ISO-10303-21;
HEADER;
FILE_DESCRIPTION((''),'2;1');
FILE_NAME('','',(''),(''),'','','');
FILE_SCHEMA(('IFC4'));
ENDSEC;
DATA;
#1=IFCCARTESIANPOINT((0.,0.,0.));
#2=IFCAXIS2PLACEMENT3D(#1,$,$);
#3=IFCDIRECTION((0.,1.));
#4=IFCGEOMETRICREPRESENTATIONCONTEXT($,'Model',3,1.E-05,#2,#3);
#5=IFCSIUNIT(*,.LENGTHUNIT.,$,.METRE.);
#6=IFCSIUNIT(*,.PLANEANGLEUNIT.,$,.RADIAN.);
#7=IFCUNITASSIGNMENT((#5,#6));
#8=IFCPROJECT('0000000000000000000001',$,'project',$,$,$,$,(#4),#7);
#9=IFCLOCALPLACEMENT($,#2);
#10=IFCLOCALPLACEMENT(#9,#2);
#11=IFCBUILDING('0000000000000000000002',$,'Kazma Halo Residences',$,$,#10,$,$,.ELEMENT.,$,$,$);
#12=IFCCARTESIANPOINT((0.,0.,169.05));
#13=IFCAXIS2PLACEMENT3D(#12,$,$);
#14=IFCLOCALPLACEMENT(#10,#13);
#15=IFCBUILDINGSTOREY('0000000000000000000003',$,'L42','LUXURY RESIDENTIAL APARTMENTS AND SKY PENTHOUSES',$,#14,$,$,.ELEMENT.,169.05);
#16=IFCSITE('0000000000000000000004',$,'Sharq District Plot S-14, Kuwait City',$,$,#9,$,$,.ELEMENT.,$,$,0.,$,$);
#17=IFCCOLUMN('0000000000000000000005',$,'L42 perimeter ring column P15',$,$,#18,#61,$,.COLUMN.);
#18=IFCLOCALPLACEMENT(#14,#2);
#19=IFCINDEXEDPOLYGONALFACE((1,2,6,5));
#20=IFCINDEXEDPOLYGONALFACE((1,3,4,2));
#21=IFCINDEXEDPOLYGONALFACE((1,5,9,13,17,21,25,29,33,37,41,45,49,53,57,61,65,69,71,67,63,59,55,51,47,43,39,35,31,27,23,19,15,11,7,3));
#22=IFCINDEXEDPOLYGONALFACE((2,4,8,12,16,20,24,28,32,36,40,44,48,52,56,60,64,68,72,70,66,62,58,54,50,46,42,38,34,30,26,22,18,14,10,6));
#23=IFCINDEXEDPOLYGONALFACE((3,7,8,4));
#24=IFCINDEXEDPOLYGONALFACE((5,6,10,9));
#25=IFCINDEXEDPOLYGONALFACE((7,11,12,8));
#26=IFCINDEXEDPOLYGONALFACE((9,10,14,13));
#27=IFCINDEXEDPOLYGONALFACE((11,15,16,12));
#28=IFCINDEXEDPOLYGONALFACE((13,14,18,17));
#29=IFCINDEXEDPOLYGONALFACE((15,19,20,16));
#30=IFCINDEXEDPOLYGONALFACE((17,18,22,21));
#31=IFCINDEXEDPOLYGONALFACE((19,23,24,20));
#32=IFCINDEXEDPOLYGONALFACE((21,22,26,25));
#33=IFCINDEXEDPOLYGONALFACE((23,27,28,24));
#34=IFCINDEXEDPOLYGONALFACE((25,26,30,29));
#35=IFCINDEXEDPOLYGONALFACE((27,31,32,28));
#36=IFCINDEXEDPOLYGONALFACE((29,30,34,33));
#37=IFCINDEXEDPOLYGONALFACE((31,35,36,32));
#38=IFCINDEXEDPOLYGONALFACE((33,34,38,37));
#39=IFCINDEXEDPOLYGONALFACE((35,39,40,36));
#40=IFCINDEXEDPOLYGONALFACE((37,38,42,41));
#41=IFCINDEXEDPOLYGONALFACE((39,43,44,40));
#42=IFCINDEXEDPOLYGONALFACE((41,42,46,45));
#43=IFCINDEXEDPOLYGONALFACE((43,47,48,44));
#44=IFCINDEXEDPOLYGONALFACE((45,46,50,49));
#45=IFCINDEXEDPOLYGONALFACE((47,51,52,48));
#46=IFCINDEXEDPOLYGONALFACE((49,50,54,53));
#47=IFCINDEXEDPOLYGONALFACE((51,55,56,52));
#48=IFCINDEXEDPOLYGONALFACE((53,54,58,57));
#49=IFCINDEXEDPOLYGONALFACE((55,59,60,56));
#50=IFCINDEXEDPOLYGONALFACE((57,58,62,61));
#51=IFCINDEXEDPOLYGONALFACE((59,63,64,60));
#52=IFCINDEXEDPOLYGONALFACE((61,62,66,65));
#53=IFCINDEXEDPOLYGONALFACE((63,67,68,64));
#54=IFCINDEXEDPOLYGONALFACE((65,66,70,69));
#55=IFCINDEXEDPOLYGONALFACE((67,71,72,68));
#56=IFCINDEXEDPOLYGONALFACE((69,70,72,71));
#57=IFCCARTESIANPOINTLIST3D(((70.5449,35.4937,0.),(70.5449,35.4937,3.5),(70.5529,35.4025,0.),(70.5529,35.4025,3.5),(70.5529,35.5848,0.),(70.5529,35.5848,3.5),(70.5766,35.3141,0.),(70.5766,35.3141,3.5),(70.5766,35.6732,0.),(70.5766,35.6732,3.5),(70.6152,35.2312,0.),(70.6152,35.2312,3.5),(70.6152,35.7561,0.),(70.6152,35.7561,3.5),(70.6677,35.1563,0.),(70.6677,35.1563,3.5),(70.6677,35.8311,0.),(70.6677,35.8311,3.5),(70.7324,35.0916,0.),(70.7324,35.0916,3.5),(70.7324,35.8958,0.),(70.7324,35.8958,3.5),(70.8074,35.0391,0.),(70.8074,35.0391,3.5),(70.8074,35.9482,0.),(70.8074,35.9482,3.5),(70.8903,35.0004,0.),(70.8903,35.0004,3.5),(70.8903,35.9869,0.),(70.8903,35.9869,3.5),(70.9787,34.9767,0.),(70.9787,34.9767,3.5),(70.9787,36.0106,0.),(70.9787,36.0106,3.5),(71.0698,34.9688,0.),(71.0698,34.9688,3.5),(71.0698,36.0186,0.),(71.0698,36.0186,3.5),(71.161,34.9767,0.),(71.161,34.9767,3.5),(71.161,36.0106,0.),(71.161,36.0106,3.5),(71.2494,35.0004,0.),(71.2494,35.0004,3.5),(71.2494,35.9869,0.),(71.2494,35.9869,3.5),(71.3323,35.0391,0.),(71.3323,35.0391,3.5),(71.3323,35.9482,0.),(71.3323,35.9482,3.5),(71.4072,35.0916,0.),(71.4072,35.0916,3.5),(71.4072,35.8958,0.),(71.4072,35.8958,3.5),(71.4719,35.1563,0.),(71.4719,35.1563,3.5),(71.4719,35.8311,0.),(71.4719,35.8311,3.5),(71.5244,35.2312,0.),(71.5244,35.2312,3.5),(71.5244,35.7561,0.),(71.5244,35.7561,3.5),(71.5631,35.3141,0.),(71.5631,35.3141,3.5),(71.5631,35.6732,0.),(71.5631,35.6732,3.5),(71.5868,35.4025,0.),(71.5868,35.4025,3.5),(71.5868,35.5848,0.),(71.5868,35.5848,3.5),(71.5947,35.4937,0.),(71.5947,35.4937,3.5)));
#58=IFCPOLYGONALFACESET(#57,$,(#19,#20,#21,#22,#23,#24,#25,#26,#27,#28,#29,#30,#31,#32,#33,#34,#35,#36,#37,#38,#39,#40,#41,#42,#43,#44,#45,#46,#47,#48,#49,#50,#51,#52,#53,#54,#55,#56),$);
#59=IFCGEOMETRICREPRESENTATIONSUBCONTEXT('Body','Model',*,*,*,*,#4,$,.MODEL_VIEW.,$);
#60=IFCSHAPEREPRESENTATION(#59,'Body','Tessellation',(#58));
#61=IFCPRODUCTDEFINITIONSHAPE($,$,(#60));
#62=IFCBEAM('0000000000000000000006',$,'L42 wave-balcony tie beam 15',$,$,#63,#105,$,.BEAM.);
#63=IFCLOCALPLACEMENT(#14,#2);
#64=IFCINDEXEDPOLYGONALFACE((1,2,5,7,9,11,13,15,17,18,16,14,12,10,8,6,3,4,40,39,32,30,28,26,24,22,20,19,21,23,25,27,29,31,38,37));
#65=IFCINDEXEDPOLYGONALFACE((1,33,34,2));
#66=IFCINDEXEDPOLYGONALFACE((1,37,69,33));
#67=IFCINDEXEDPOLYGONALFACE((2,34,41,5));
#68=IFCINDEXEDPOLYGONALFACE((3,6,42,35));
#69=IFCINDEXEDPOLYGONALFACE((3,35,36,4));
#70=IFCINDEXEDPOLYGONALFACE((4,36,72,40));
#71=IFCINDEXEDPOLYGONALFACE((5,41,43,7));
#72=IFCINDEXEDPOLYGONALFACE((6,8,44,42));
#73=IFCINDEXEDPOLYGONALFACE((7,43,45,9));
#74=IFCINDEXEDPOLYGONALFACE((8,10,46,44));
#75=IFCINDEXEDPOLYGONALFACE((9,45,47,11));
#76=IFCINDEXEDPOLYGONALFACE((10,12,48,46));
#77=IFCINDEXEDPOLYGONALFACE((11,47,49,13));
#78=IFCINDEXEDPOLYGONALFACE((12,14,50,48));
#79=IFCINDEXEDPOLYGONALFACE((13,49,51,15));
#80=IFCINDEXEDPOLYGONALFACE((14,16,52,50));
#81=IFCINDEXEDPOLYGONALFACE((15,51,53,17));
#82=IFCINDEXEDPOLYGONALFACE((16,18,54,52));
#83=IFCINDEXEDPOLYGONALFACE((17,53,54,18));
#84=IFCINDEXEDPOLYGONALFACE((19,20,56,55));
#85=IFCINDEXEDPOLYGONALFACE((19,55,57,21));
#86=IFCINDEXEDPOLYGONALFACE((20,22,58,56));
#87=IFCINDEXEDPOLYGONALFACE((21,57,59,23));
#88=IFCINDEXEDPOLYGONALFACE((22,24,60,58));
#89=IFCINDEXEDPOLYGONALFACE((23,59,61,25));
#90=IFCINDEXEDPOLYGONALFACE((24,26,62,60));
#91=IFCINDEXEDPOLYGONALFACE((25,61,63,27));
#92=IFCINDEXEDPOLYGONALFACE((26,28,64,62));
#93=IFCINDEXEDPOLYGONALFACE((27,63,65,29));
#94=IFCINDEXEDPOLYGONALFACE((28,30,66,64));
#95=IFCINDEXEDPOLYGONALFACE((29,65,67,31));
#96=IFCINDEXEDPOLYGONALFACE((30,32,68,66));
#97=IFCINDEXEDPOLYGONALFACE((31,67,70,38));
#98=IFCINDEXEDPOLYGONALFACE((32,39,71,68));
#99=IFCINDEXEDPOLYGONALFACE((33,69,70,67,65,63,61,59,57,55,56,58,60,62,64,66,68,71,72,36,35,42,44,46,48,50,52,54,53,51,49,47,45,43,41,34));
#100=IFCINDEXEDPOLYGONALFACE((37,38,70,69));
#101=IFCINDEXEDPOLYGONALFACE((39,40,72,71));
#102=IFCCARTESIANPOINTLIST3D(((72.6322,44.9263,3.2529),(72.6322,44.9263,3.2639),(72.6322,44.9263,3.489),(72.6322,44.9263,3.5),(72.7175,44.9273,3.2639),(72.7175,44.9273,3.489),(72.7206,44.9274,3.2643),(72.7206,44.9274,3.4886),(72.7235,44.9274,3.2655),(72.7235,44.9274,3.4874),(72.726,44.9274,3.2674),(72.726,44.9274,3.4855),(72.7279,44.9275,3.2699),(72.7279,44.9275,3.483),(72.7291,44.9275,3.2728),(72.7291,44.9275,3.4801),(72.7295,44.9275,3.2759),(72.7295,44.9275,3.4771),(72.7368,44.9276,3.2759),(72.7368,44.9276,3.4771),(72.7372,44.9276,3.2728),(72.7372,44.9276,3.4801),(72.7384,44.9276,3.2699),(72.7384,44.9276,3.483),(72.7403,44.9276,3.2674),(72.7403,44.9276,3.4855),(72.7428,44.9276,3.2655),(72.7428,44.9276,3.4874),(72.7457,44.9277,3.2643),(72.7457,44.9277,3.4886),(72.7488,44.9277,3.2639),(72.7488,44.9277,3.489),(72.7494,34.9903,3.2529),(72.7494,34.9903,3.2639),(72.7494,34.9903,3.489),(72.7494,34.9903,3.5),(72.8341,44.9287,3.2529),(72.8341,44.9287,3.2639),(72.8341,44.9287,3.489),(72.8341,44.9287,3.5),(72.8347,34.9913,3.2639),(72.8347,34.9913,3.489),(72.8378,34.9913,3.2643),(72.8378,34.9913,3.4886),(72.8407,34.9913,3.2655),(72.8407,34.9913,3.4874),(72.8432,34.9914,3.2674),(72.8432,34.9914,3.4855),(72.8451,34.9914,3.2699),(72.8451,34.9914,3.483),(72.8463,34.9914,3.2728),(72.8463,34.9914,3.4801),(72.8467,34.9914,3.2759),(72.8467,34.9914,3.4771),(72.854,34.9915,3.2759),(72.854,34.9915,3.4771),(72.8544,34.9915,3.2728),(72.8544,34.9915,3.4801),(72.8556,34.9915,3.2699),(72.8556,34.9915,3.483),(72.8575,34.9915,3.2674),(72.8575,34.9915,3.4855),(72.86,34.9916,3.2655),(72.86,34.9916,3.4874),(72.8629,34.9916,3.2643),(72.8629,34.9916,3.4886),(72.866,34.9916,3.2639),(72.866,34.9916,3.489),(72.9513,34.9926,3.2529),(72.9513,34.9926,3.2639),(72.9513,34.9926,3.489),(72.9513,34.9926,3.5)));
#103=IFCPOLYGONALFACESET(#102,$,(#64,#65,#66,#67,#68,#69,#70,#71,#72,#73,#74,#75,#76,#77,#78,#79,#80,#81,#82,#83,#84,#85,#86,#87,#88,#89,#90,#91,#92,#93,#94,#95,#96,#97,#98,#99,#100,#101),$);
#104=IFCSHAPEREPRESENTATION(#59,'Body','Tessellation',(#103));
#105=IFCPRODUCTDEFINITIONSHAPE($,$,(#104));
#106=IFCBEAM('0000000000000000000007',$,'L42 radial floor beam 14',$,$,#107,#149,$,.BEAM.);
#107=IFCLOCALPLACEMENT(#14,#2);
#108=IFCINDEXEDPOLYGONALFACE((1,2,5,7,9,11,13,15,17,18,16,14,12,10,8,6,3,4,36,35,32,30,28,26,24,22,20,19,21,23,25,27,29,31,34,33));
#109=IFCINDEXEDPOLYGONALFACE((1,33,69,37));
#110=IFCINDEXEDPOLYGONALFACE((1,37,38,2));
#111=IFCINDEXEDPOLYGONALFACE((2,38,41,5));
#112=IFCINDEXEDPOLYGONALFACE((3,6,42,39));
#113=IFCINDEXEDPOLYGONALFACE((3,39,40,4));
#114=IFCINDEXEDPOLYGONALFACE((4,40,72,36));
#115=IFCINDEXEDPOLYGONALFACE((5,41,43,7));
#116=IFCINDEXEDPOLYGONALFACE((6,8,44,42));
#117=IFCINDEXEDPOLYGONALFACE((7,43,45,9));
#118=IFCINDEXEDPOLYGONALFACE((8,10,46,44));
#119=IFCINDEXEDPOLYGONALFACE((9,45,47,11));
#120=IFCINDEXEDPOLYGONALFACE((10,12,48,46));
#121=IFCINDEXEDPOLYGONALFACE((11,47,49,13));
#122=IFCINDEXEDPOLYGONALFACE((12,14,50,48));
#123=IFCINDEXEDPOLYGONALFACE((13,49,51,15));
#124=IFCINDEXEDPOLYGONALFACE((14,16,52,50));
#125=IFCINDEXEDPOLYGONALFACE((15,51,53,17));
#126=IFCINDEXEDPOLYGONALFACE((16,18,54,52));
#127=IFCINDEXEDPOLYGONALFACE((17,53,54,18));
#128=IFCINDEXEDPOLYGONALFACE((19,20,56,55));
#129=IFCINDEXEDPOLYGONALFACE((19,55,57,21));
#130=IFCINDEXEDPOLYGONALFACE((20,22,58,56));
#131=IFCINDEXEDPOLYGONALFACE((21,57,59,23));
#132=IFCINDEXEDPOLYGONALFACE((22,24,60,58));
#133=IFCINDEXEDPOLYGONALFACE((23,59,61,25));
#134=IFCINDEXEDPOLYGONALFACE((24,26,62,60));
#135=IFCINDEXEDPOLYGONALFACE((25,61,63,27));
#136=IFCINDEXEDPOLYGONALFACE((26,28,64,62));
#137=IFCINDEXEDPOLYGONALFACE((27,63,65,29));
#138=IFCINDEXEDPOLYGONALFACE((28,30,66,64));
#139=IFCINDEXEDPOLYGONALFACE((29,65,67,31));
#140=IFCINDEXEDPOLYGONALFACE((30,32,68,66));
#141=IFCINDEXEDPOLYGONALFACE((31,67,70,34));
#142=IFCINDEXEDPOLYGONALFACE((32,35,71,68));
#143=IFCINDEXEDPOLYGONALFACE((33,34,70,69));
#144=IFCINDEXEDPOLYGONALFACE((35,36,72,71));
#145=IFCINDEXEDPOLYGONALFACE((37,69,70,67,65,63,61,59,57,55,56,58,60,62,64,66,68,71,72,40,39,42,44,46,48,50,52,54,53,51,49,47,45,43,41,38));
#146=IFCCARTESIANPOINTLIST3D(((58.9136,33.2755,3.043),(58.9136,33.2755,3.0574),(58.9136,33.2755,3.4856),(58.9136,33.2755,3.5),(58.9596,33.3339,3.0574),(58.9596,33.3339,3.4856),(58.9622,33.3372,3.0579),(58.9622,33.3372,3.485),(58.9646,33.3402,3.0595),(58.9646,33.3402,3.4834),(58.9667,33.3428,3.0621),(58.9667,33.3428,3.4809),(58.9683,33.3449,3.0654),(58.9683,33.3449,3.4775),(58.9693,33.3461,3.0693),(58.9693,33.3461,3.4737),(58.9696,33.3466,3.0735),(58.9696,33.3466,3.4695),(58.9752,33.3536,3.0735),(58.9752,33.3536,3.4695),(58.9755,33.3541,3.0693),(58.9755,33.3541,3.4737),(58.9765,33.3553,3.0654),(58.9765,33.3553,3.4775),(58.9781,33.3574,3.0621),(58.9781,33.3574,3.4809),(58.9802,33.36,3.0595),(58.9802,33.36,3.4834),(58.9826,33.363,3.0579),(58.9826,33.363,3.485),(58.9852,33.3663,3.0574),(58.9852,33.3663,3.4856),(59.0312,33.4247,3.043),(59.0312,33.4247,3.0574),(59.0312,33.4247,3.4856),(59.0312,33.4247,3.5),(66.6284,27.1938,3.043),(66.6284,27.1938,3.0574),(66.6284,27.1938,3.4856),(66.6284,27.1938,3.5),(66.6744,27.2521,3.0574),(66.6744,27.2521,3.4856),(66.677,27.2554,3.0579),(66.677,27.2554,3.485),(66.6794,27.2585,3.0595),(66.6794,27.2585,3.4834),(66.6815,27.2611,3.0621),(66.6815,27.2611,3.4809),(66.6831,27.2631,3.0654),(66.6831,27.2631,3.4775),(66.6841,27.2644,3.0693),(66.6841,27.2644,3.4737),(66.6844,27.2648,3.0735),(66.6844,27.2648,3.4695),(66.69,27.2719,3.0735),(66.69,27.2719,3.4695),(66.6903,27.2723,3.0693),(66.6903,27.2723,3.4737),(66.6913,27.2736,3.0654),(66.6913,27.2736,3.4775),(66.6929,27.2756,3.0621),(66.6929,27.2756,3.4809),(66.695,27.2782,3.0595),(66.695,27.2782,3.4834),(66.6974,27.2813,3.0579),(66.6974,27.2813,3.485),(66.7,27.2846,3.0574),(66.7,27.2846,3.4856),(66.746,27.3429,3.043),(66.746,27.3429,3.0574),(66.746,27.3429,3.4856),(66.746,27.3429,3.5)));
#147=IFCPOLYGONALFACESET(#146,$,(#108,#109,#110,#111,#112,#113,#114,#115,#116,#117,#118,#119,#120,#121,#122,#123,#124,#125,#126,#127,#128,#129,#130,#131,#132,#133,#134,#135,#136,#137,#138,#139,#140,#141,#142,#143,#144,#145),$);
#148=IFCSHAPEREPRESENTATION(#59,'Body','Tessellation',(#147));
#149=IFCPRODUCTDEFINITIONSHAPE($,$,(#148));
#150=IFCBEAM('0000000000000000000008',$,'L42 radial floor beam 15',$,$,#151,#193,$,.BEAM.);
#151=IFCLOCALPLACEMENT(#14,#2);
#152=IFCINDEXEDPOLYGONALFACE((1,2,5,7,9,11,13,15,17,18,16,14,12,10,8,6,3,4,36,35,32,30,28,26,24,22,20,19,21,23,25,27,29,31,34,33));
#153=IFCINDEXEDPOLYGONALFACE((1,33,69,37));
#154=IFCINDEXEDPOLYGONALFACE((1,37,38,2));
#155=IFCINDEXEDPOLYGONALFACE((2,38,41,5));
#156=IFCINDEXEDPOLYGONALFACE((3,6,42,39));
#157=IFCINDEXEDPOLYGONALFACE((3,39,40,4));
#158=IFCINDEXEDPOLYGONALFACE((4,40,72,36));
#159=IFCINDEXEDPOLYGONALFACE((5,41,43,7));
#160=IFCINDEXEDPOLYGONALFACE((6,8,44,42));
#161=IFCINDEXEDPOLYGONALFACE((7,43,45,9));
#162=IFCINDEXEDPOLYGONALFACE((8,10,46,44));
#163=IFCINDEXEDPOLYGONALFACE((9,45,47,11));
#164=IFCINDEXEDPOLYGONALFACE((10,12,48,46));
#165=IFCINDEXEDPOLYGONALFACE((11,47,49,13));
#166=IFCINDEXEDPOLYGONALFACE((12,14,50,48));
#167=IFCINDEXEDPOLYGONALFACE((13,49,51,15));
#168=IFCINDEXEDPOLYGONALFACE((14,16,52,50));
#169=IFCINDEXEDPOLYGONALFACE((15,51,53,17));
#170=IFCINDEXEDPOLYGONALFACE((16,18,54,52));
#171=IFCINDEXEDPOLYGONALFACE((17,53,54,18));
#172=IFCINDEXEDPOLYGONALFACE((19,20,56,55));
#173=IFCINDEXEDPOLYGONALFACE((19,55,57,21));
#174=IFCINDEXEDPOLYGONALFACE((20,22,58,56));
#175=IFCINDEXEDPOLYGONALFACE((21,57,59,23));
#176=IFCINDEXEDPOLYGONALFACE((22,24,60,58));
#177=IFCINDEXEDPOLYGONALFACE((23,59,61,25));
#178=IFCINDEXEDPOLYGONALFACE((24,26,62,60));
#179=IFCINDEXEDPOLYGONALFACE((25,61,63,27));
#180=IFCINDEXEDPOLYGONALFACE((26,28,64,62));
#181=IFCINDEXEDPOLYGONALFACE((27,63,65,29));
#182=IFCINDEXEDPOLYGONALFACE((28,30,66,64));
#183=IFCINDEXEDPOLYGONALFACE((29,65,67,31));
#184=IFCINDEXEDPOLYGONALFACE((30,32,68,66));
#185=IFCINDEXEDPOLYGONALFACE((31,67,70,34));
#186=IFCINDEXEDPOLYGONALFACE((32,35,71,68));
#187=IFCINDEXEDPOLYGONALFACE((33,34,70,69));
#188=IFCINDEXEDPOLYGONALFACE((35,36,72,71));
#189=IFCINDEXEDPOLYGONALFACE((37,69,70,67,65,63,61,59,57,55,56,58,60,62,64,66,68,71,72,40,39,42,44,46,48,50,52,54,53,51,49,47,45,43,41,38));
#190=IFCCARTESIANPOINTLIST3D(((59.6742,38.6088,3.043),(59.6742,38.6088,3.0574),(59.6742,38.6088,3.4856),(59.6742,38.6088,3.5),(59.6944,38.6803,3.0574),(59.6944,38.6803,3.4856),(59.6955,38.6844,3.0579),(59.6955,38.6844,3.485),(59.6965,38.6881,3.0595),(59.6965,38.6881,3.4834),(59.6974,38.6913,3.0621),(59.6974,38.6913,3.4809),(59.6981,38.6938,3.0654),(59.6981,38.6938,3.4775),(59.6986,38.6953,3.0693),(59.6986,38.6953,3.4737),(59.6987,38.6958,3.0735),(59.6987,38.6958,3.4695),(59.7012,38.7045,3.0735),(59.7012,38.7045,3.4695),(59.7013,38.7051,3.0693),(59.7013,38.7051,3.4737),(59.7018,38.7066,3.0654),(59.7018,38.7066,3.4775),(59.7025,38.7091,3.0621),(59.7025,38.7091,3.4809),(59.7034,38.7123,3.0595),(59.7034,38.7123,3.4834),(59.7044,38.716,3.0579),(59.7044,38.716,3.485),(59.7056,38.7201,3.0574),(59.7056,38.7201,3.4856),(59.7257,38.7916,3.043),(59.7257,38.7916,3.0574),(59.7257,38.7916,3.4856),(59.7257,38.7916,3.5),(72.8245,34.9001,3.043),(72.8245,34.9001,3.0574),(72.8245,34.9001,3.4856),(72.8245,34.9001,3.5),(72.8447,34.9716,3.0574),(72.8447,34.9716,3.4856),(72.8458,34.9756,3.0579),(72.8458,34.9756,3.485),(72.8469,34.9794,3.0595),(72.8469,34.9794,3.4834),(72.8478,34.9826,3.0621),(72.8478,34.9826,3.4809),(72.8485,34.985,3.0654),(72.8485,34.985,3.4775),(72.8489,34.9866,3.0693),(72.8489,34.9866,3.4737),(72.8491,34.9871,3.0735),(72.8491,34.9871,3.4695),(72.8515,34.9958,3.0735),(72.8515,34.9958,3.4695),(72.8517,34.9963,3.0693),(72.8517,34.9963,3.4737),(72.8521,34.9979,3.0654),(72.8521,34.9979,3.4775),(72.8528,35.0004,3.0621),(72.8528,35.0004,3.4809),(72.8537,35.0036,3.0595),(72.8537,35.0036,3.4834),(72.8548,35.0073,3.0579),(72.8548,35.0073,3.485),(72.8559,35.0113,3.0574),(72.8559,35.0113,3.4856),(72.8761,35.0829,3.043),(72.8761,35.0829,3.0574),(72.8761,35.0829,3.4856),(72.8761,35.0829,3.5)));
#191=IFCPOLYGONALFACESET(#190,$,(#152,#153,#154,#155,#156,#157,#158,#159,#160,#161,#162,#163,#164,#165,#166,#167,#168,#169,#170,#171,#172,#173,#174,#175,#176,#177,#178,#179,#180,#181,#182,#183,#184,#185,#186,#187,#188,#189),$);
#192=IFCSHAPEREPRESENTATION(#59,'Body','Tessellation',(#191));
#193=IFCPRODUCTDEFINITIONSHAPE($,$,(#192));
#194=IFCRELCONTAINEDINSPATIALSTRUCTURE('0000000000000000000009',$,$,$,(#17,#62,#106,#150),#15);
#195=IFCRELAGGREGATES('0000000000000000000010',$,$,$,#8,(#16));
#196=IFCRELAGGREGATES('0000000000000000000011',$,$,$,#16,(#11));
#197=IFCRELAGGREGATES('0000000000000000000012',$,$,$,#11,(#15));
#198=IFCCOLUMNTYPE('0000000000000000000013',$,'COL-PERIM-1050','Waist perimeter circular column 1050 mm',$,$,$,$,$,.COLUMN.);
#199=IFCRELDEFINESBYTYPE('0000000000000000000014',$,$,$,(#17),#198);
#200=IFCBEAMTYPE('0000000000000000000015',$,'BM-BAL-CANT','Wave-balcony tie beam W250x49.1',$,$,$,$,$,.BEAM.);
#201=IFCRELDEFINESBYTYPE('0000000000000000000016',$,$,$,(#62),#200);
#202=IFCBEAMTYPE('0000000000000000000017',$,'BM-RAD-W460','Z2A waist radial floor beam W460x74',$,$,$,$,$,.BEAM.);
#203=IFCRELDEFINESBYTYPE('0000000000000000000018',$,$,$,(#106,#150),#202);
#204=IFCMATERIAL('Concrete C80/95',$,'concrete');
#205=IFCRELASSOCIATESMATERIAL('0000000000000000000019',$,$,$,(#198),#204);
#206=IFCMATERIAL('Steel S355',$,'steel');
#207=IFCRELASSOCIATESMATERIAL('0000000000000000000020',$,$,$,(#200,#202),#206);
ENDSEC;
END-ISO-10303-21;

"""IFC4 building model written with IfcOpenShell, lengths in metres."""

from ifc_helpers import new_model, si_unit, direction, frame, origin, origin_2d, place, context, subcontext, project, spatial, circle, i_section, extrude, material, material_profile, profile_set, type_object, element, save


model = new_model("IFC4")

# Units and contexts
model_context = context("Model", 3, precision=1e-05, world=origin(), true_north=direction((0.0, 1.0)))
body_context = subcontext(model_context, "Body", "Model", "MODEL_VIEW")
ifc_project = project(units=[si_unit("LENGTHUNIT", "METRE"), si_unit("PLANEANGLEUNIT", "RADIAN")], contexts=[model_context])

# Site, building, storey
site_placement = place(None, origin())
site = spatial("IfcSite", under=ifc_project, at=site_placement, Name="Sharq District Plot S-14, Kuwait City", CompositionType="ELEMENT", RefElevation=0.0)
building_placement = place(site_placement, origin())
building = spatial("IfcBuilding", under=site, at=building_placement, Name="Kazma Halo Residences", CompositionType="ELEMENT")
storey_placement = place(building_placement, frame((0.0, 0.0, 169.05)))
storey = spatial("IfcBuildingStorey", under=building, at=storey_placement, Name="L42", Description="LUXURY RESIDENTIAL APARTMENTS AND SKY PENTHOUSES", CompositionType="ELEMENT", Elevation=169.05)

# Column
ifc_material_1 = material(Name="Concrete C80/95", Category="concrete")
ifc_material_profile_1 = material_profile(ifc_material_1, circle(Radius=0.5249, at=origin_2d()), Name="CIRC1050")
ifc_profile_set_1 = profile_set([ifc_material_profile_1], Name="Concrete C80/95")
column_type = type_object("IfcColumnType", Name="COL-PERIM-1050", Description="Waist perimeter circular column 1050 mm", PredefinedType="COLUMN", material=ifc_profile_set_1)
column_placement = place(storey_placement, frame((71.0698, 35.4937, 0.0), z_axis=(0.0, 0.0, 1.0), x_axis=(1.0, 0.0, 0.0)))
element("IfcColumn", 1, at=column_placement, inside=storey, type_object=column_type, Name="L42 perimeter ring column P15", PredefinedType="COLUMN", context=body_context, shape_type="SweptSolid", body=[
    extrude(circle(Radius=0.5249, at=origin_2d()), origin(), (0.0, 0.0, 1.0), 3.5),
])

# Beams
ifc_material_2 = material(Name="Steel S355", Category="steel")
ifc_material_profile_2 = material_profile(ifc_material_2, i_section(OverallWidth=0.2019, OverallDepth=0.2471, WebThickness=0.0073, FlangeThickness=0.011, FilletRadius=0.012, at=origin_2d()), Name="W250x49.1")
ifc_profile_set_2 = profile_set([ifc_material_profile_2], Name="Steel S355")
beam_type_1 = type_object("IfcBeamType", Name="BM-BAL-CANT", Description="Wave-balcony tie beam W250x49.1", PredefinedType="BEAM", material=ifc_profile_set_2)
beam_1_placement = place(storey_placement, frame((72.8503, 34.9915, 3.3765), z_axis=(-0.011793, 0.99993, 0.0), x_axis=(-0.99993, -0.011793, 0.0)))
element("IfcBeam", 2, at=beam_1_placement, inside=storey, type_object=beam_type_1, Name="L42 wave-balcony tie beam 15", PredefinedType="BEAM", context=body_context, shape_type="SweptSolid", body=[
    extrude(i_section(OverallWidth=0.2019, OverallDepth=0.2471, WebThickness=0.0073, FlangeThickness=0.011, FilletRadius=0.012, at=origin_2d()), origin(), (0.0, 0.0, 1.0), 9.9368),
])
ifc_material_profile_3 = material_profile(ifc_material_2, i_section(OverallWidth=0.1899, OverallDepth=0.457, WebThickness=0.009, FlangeThickness=0.0144, FilletRadius=0.0161, at=origin_2d()), Name="W460x74")
ifc_profile_set_3 = profile_set([ifc_material_profile_3], Name="Steel S355")
beam_type_2 = type_object("IfcBeamType", Name="BM-RAD-W460", Description="Z2A waist radial floor beam W460x74", PredefinedType="BEAM", material=ifc_profile_set_3)
beam_2_placement = place(storey_placement, frame((58.9724, 33.3501, 3.2715), z_axis=(0.785322, -0.619087, 0.0), x_axis=(0.619087, 0.785322, 0.0)))
element("IfcBeam", 3, at=beam_2_placement, inside=storey, type_object=beam_type_2, Name="L42 radial floor beam 14", PredefinedType="BEAM", context=body_context, shape_type="SweptSolid", body=[
    extrude(i_section(OverallWidth=0.1899, OverallDepth=0.457, WebThickness=0.009, FlangeThickness=0.0144, FilletRadius=0.0161, at=origin_2d()), origin(), (0.0, 0.0, 1.0), 9.8237),
])
beam_3_placement = place(storey_placement, frame((59.7, 38.7002, 3.2715), z_axis=(0.962456, -0.271437, 0.0), x_axis=(0.271437, 0.962456, 0.0)))
element("IfcBeam", 4, at=beam_3_placement, inside=storey, type_object=beam_type_2, Name="L42 radial floor beam 15", PredefinedType="BEAM", context=body_context, shape_type="SweptSolid", body=[
    extrude(i_section(OverallWidth=0.1899, OverallDepth=0.457, WebThickness=0.009, FlangeThickness=0.0144, FilletRadius=0.0161, at=origin_2d()), origin(), (0.0, 0.0, 1.0), 13.6633),
])

save(model, "model.ifc")
